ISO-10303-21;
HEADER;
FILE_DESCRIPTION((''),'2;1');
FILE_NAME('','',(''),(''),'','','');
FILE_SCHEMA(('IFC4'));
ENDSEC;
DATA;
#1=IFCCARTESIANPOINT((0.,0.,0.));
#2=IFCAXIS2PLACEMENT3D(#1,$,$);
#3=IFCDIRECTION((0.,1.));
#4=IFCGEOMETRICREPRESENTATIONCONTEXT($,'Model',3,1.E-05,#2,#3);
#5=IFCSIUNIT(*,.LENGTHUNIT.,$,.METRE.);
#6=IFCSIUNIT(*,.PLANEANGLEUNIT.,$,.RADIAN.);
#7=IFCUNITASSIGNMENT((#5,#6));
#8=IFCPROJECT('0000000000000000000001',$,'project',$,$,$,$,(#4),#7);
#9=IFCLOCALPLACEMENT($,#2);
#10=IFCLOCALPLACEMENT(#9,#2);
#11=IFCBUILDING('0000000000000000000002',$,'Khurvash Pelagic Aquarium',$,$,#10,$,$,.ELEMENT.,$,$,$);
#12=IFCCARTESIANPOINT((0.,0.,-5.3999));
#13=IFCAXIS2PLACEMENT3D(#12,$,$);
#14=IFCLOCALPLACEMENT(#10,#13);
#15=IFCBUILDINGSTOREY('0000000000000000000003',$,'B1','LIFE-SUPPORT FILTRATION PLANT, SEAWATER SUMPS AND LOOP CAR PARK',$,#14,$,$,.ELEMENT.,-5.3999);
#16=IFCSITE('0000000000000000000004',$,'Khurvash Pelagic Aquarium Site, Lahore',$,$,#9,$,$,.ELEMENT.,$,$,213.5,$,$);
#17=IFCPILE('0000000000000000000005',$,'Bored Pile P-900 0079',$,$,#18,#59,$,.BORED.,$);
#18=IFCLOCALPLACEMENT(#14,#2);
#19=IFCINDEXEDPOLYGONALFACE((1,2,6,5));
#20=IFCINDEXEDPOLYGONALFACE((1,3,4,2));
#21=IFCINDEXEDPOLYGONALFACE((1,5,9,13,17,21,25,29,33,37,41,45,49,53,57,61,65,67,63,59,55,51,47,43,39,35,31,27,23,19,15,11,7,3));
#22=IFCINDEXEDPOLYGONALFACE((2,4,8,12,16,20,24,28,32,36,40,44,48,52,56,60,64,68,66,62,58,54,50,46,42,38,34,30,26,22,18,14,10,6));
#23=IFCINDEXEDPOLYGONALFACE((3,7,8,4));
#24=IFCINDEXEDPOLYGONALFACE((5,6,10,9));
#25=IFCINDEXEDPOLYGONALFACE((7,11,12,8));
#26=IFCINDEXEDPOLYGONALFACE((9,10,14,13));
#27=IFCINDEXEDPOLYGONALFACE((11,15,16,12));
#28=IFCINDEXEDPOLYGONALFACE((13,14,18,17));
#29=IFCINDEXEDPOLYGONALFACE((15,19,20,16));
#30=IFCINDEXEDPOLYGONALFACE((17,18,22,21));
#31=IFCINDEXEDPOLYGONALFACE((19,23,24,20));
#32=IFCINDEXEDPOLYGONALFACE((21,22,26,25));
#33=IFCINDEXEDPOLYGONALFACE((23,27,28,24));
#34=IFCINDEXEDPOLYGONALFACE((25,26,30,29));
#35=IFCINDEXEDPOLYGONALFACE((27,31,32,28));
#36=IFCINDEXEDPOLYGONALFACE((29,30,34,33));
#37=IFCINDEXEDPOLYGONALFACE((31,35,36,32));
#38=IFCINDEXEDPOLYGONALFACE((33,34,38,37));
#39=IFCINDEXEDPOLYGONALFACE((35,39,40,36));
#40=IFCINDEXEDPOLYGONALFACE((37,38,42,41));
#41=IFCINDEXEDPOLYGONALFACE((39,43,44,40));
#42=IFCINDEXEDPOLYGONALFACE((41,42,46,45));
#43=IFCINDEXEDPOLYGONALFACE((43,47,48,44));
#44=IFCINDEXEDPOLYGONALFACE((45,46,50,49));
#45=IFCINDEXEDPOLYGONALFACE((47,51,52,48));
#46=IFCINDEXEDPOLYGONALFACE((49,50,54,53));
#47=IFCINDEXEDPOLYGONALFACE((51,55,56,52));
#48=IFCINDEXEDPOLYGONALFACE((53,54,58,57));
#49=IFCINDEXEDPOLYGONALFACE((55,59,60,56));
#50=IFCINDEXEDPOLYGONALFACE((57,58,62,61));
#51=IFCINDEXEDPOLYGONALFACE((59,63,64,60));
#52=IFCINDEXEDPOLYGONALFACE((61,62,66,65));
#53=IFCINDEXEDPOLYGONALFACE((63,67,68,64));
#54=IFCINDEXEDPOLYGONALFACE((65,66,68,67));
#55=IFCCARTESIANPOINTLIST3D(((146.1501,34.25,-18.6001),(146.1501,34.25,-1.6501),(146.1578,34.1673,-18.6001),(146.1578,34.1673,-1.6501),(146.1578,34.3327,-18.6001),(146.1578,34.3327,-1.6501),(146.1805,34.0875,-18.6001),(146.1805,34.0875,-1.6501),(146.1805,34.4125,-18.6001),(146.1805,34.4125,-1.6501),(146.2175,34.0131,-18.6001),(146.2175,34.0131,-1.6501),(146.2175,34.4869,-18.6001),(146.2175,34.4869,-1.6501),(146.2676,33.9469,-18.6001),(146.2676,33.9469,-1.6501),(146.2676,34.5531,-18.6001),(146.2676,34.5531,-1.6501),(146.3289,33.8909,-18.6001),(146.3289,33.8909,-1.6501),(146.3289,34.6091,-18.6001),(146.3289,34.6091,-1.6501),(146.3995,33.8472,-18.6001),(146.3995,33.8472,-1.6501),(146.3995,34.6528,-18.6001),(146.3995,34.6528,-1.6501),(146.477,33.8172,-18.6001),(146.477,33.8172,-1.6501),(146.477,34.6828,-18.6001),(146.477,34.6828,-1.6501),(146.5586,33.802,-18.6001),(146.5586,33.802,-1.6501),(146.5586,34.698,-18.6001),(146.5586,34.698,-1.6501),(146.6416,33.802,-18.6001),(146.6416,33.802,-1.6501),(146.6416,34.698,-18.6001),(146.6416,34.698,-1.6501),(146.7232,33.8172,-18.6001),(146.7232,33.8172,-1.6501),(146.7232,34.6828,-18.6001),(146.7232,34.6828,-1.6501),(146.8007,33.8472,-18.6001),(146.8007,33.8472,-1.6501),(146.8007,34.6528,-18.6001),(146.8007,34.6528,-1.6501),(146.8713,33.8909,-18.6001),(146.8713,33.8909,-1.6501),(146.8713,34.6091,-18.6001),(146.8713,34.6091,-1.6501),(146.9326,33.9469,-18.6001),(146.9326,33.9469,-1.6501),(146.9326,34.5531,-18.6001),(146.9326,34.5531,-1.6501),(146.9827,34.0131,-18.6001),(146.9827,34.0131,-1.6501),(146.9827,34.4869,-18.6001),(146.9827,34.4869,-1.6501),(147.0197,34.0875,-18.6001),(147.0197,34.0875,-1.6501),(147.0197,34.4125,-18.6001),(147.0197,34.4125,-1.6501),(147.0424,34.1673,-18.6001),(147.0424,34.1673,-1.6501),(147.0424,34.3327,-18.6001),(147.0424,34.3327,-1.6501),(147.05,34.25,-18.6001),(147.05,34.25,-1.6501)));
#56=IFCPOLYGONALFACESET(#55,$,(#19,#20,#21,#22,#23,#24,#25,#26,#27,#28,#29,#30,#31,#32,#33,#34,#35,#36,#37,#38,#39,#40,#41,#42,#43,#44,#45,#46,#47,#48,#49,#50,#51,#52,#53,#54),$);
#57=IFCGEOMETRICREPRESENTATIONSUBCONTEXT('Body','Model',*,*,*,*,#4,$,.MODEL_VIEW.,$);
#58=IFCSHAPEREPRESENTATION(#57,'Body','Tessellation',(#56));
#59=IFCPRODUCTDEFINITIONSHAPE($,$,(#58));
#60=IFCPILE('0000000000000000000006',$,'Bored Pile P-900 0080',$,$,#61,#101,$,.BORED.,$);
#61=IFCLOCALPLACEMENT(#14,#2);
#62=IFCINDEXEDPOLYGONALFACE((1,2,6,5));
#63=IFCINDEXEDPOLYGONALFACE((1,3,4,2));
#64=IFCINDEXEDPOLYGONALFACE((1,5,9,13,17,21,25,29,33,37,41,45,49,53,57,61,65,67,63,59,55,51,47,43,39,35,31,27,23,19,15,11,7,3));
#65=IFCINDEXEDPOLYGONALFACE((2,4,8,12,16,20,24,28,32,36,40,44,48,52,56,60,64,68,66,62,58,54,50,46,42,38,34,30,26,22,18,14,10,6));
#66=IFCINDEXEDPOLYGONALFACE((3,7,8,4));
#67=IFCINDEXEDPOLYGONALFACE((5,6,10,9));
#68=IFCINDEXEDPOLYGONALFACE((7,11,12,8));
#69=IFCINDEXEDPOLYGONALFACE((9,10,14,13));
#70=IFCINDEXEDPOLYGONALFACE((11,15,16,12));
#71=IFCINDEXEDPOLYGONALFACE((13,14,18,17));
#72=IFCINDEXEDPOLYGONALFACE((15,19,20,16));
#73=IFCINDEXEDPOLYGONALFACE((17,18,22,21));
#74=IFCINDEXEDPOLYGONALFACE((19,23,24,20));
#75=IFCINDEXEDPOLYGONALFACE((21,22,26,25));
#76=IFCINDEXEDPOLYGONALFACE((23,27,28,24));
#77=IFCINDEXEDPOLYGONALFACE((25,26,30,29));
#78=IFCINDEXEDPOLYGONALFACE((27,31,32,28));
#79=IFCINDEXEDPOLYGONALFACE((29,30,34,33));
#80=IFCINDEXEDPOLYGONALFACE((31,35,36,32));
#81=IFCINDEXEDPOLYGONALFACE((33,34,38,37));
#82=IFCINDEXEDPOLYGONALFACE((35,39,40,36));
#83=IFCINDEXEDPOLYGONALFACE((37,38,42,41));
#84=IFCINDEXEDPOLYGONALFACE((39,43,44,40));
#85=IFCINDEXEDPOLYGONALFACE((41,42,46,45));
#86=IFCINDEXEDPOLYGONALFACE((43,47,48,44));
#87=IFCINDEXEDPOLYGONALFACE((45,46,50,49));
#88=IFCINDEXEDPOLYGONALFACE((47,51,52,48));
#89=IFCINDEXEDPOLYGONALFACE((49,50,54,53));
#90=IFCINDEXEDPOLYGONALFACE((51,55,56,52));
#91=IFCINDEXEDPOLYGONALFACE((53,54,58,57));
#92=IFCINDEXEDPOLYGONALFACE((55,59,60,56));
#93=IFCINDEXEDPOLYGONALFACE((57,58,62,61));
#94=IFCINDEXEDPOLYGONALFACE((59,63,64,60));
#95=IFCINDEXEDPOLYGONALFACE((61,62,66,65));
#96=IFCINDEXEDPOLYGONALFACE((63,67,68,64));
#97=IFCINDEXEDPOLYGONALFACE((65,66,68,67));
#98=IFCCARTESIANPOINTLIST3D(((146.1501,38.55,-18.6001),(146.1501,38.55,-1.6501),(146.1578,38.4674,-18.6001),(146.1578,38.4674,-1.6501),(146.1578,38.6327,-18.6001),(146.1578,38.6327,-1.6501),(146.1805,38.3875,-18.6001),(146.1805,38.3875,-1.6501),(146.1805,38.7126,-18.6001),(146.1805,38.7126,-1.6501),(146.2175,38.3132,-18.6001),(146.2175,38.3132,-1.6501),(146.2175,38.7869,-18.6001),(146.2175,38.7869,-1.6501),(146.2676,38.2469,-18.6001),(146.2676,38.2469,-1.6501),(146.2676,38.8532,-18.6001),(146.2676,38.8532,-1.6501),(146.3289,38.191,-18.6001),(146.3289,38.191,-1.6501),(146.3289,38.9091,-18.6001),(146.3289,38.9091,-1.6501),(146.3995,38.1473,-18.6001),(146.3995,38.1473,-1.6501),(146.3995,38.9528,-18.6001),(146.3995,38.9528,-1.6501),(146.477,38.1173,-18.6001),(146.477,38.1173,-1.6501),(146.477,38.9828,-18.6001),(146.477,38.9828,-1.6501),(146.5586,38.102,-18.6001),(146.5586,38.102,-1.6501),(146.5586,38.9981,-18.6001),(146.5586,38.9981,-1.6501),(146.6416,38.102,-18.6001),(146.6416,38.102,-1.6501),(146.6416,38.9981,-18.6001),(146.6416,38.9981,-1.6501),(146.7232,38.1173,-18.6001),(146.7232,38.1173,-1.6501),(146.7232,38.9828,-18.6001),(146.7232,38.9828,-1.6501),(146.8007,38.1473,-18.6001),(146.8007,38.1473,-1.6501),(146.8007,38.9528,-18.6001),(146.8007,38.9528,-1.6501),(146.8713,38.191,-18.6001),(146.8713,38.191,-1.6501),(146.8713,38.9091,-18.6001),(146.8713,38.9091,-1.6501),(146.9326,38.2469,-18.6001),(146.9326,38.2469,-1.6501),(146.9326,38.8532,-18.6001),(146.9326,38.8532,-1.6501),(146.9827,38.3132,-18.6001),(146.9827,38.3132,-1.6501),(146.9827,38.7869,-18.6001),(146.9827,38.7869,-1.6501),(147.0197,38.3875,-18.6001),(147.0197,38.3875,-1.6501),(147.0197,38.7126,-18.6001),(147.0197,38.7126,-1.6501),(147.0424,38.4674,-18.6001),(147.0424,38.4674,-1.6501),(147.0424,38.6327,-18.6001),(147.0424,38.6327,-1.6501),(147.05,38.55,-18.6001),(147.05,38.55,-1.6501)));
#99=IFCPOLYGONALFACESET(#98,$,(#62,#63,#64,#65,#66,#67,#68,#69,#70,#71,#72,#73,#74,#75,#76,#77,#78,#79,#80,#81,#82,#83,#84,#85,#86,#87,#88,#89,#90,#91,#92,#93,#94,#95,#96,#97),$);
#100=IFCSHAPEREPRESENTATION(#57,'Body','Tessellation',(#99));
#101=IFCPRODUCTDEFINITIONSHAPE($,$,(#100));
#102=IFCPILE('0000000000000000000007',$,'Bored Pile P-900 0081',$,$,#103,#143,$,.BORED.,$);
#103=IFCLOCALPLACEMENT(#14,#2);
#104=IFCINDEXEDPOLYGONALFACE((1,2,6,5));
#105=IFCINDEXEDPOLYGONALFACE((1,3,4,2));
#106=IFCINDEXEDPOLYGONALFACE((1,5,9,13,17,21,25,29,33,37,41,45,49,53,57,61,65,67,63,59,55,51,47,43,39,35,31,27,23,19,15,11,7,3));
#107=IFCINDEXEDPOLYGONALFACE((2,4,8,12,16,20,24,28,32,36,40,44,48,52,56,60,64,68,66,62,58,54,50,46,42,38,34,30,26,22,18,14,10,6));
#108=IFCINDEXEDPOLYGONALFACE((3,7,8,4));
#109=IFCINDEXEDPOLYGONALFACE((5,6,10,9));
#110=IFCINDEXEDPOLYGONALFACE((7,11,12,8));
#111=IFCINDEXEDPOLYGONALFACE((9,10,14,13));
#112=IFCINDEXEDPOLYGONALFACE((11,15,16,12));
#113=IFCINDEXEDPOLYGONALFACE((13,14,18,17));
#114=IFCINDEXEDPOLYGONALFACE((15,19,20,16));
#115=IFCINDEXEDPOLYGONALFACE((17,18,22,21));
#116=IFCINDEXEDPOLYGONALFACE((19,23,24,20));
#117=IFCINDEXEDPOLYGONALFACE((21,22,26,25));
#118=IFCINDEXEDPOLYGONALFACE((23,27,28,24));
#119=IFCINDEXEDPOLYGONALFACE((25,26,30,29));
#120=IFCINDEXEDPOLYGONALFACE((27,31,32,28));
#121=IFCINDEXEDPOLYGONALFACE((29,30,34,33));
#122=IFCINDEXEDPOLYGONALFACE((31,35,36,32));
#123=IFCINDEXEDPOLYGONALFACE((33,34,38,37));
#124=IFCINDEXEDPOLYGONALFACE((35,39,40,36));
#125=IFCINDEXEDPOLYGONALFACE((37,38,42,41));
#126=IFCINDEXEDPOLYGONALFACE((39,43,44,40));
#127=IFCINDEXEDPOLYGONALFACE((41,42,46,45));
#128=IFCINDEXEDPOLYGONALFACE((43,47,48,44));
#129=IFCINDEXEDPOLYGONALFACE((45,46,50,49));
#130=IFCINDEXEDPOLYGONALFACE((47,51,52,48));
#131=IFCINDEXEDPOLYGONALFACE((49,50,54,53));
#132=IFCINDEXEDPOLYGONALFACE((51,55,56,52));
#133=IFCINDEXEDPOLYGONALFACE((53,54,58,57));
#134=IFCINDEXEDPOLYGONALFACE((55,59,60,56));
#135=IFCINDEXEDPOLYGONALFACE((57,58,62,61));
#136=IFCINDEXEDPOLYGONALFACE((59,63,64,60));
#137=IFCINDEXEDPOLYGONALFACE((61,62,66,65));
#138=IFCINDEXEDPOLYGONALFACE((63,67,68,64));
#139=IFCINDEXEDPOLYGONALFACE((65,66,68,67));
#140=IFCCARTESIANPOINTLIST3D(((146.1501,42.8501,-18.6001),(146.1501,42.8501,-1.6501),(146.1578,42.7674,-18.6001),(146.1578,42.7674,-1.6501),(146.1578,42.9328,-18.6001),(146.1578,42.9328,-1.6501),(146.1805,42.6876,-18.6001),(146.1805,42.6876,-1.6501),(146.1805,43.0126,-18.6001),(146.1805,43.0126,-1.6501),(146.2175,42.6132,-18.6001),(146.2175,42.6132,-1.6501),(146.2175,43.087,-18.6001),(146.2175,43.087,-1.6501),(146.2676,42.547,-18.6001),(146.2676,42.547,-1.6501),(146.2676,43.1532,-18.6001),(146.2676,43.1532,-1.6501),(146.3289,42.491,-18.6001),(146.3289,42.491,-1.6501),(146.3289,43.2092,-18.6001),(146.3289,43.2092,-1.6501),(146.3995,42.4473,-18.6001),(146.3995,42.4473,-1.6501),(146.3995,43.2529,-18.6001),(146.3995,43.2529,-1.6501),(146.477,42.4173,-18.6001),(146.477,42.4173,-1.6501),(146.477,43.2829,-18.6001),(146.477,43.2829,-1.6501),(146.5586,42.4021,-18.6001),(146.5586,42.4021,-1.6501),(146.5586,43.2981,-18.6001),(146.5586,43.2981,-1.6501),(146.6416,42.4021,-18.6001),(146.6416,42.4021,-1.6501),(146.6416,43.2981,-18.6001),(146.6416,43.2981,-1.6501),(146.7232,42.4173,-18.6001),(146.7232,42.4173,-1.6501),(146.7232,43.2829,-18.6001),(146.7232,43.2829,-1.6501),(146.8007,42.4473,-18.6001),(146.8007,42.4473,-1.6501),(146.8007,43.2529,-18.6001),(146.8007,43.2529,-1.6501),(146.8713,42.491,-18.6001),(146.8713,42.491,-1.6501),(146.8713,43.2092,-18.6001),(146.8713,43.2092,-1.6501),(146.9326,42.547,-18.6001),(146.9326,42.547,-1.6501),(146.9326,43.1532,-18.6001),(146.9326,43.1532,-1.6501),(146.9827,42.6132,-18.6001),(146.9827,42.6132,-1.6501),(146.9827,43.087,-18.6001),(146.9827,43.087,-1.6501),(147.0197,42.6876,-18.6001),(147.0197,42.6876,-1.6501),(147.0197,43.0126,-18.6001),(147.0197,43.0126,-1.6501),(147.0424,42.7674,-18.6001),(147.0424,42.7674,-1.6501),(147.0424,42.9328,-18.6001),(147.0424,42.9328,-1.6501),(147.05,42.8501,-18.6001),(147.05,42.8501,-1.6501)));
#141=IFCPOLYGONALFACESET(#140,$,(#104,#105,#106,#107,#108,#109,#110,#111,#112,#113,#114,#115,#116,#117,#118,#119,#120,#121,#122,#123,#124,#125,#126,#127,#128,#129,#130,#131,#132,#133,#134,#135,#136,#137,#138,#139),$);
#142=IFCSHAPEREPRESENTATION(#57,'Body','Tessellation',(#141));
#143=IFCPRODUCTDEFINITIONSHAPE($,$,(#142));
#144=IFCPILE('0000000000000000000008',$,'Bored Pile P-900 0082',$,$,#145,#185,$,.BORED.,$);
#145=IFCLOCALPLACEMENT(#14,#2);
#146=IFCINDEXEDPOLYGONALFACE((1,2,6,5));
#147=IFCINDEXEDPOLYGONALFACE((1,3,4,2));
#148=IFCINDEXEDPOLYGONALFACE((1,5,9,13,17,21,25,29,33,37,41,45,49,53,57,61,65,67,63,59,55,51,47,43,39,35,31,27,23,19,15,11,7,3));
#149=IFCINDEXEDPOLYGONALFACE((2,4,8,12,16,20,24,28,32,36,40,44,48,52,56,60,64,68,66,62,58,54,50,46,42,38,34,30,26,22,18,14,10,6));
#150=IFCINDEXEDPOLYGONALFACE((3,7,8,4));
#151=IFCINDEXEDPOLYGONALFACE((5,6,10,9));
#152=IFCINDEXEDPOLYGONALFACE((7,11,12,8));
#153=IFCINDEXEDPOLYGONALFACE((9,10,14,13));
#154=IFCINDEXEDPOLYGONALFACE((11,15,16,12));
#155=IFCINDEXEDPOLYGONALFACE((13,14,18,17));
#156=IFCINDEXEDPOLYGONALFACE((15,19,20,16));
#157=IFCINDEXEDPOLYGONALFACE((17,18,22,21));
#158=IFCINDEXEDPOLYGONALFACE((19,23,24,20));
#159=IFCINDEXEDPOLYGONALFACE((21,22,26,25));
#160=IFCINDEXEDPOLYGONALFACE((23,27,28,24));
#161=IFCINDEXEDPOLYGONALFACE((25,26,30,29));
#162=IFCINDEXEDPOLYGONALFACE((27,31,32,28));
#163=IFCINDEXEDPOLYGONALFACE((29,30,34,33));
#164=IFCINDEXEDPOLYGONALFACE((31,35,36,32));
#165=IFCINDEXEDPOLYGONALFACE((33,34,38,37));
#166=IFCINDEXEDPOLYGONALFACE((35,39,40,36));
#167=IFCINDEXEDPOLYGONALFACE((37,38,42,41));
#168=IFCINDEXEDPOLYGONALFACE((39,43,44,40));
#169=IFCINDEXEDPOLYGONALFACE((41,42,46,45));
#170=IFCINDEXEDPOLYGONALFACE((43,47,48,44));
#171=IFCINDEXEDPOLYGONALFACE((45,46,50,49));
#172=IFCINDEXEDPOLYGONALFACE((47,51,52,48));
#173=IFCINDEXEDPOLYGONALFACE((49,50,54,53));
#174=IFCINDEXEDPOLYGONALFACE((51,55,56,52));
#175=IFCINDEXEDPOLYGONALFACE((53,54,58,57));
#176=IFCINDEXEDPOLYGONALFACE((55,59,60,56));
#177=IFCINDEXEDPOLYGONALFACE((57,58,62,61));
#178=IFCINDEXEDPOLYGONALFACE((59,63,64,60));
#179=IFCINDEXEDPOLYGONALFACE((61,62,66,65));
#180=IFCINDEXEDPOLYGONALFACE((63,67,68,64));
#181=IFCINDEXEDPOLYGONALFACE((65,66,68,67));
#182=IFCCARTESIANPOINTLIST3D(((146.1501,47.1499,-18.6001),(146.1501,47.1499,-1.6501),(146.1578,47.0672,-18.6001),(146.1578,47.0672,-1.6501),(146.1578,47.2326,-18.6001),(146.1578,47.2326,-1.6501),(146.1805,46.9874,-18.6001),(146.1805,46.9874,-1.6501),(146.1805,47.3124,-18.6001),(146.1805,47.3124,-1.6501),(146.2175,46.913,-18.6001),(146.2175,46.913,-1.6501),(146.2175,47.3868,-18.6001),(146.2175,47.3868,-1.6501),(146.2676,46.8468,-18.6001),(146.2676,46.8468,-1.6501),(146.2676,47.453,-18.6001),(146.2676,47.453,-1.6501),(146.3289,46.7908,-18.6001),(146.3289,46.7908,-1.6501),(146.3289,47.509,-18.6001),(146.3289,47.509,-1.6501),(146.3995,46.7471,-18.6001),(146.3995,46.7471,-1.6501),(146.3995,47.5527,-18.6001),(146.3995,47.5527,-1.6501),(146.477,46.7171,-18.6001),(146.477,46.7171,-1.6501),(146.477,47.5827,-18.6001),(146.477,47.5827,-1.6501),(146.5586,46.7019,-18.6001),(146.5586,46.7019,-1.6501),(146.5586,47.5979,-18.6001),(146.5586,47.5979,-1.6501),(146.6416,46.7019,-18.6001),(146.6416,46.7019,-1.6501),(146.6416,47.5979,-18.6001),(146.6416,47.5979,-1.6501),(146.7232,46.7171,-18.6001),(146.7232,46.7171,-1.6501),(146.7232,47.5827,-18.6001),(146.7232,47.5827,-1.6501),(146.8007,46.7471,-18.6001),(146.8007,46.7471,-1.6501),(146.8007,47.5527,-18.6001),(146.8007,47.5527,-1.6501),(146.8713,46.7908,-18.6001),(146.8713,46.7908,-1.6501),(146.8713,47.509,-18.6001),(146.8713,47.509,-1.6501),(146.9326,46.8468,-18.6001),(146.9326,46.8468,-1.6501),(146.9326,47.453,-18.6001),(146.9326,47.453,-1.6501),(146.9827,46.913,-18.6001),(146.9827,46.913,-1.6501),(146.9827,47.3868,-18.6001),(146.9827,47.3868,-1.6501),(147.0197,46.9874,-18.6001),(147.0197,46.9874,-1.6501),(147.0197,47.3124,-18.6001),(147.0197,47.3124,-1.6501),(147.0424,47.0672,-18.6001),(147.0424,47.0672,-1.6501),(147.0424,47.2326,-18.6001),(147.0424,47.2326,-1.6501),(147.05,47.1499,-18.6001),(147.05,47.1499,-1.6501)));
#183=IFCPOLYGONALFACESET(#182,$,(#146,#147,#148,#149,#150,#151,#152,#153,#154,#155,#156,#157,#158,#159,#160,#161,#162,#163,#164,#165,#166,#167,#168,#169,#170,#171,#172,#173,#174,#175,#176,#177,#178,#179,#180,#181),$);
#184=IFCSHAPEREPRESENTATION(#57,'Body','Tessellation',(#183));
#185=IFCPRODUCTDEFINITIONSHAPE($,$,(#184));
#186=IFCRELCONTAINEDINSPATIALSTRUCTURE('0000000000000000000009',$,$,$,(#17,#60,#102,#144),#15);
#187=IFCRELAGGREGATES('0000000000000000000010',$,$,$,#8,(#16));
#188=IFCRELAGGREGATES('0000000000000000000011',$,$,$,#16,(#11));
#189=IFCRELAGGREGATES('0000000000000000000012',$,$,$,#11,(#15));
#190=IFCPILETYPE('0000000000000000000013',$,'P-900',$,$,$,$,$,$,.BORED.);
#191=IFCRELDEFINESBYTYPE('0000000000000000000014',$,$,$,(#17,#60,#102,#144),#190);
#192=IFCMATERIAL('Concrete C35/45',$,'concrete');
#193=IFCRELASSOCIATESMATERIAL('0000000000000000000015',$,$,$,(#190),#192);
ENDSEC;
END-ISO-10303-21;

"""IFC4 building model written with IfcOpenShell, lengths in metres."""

from ifc_helpers import new_model, si_unit, direction, frame, origin, origin_2d, place, context, subcontext, project, spatial, circle, extrude, material, material_profile, profile_set, type_object, element, save


model = new_model("IFC4")

# Units and contexts
model_context = context("Model", 3, precision=1e-05, world=origin(), true_north=direction((0.0, 1.0)))
body_context = subcontext(model_context, "Body", "Model", "MODEL_VIEW")
ifc_project = project(units=[si_unit("LENGTHUNIT", "METRE"), si_unit("PLANEANGLEUNIT", "RADIAN")], contexts=[model_context])

# Site, building, storey
site_placement = place(None, origin())
site = spatial("IfcSite", under=ifc_project, at=site_placement, Name="Khurvash Pelagic Aquarium Site, Lahore", CompositionType="ELEMENT", RefElevation=213.5)
building_placement = place(site_placement, origin())
building = spatial("IfcBuilding", under=site, at=building_placement, Name="Khurvash Pelagic Aquarium", CompositionType="ELEMENT")
storey_placement = place(building_placement, frame((0.0, 0.0, -5.3999)))
storey = spatial("IfcBuildingStorey", under=building, at=storey_placement, Name="B1", Description="LIFE-SUPPORT FILTRATION PLANT, SEAWATER SUMPS AND LOOP CAR PARK", CompositionType="ELEMENT", Elevation=-5.3999)

# Piles
ifc_material_1 = material(Name="Concrete C35/45", Category="concrete")
ifc_material_profile_1 = material_profile(ifc_material_1, circle(Radius=0.45, at=origin_2d()), Name="PILE900")
ifc_profile_set_1 = profile_set([ifc_material_profile_1], Name="Concrete C35/45")
pile_type = type_object("IfcPileType", Name="P-900", PredefinedType="BORED", material=ifc_profile_set_1)
for number, where, z_axis, x_axis, name in (
    (1, (146.6001, 34.25, -1.6501), (0.0, 0.0, -1.0), (1.0, 0.0, 0.0), "Bored Pile P-900 0079"),
    (2, (146.6001, 38.55, -1.6501), (0.0, 0.0, -1.0), (1.0, 0.0, 0.0), "Bored Pile P-900 0080"),
    (3, (146.6001, 42.8501, -1.6501), (0.0, 0.0, -1.0), (1.0, 0.0, 0.0), "Bored Pile P-900 0081"),
    (4, (146.6001, 47.1499, -1.6501), (0.0, 0.0, -1.0), (1.0, 0.0, 0.0), "Bored Pile P-900 0082"),
):
    element("IfcPile", number, at=place(storey_placement, frame(where, z_axis=z_axis, x_axis=x_axis)), inside=storey, type_object=pile_type, Name=name, PredefinedType="BORED", context=body_context, shape_type="SweptSolid", body=[
        extrude(circle(Radius=0.45, at=origin_2d()), origin(), (0.0, 0.0, 1.0), 16.95),
    ])

save(model, "model.ifc")
